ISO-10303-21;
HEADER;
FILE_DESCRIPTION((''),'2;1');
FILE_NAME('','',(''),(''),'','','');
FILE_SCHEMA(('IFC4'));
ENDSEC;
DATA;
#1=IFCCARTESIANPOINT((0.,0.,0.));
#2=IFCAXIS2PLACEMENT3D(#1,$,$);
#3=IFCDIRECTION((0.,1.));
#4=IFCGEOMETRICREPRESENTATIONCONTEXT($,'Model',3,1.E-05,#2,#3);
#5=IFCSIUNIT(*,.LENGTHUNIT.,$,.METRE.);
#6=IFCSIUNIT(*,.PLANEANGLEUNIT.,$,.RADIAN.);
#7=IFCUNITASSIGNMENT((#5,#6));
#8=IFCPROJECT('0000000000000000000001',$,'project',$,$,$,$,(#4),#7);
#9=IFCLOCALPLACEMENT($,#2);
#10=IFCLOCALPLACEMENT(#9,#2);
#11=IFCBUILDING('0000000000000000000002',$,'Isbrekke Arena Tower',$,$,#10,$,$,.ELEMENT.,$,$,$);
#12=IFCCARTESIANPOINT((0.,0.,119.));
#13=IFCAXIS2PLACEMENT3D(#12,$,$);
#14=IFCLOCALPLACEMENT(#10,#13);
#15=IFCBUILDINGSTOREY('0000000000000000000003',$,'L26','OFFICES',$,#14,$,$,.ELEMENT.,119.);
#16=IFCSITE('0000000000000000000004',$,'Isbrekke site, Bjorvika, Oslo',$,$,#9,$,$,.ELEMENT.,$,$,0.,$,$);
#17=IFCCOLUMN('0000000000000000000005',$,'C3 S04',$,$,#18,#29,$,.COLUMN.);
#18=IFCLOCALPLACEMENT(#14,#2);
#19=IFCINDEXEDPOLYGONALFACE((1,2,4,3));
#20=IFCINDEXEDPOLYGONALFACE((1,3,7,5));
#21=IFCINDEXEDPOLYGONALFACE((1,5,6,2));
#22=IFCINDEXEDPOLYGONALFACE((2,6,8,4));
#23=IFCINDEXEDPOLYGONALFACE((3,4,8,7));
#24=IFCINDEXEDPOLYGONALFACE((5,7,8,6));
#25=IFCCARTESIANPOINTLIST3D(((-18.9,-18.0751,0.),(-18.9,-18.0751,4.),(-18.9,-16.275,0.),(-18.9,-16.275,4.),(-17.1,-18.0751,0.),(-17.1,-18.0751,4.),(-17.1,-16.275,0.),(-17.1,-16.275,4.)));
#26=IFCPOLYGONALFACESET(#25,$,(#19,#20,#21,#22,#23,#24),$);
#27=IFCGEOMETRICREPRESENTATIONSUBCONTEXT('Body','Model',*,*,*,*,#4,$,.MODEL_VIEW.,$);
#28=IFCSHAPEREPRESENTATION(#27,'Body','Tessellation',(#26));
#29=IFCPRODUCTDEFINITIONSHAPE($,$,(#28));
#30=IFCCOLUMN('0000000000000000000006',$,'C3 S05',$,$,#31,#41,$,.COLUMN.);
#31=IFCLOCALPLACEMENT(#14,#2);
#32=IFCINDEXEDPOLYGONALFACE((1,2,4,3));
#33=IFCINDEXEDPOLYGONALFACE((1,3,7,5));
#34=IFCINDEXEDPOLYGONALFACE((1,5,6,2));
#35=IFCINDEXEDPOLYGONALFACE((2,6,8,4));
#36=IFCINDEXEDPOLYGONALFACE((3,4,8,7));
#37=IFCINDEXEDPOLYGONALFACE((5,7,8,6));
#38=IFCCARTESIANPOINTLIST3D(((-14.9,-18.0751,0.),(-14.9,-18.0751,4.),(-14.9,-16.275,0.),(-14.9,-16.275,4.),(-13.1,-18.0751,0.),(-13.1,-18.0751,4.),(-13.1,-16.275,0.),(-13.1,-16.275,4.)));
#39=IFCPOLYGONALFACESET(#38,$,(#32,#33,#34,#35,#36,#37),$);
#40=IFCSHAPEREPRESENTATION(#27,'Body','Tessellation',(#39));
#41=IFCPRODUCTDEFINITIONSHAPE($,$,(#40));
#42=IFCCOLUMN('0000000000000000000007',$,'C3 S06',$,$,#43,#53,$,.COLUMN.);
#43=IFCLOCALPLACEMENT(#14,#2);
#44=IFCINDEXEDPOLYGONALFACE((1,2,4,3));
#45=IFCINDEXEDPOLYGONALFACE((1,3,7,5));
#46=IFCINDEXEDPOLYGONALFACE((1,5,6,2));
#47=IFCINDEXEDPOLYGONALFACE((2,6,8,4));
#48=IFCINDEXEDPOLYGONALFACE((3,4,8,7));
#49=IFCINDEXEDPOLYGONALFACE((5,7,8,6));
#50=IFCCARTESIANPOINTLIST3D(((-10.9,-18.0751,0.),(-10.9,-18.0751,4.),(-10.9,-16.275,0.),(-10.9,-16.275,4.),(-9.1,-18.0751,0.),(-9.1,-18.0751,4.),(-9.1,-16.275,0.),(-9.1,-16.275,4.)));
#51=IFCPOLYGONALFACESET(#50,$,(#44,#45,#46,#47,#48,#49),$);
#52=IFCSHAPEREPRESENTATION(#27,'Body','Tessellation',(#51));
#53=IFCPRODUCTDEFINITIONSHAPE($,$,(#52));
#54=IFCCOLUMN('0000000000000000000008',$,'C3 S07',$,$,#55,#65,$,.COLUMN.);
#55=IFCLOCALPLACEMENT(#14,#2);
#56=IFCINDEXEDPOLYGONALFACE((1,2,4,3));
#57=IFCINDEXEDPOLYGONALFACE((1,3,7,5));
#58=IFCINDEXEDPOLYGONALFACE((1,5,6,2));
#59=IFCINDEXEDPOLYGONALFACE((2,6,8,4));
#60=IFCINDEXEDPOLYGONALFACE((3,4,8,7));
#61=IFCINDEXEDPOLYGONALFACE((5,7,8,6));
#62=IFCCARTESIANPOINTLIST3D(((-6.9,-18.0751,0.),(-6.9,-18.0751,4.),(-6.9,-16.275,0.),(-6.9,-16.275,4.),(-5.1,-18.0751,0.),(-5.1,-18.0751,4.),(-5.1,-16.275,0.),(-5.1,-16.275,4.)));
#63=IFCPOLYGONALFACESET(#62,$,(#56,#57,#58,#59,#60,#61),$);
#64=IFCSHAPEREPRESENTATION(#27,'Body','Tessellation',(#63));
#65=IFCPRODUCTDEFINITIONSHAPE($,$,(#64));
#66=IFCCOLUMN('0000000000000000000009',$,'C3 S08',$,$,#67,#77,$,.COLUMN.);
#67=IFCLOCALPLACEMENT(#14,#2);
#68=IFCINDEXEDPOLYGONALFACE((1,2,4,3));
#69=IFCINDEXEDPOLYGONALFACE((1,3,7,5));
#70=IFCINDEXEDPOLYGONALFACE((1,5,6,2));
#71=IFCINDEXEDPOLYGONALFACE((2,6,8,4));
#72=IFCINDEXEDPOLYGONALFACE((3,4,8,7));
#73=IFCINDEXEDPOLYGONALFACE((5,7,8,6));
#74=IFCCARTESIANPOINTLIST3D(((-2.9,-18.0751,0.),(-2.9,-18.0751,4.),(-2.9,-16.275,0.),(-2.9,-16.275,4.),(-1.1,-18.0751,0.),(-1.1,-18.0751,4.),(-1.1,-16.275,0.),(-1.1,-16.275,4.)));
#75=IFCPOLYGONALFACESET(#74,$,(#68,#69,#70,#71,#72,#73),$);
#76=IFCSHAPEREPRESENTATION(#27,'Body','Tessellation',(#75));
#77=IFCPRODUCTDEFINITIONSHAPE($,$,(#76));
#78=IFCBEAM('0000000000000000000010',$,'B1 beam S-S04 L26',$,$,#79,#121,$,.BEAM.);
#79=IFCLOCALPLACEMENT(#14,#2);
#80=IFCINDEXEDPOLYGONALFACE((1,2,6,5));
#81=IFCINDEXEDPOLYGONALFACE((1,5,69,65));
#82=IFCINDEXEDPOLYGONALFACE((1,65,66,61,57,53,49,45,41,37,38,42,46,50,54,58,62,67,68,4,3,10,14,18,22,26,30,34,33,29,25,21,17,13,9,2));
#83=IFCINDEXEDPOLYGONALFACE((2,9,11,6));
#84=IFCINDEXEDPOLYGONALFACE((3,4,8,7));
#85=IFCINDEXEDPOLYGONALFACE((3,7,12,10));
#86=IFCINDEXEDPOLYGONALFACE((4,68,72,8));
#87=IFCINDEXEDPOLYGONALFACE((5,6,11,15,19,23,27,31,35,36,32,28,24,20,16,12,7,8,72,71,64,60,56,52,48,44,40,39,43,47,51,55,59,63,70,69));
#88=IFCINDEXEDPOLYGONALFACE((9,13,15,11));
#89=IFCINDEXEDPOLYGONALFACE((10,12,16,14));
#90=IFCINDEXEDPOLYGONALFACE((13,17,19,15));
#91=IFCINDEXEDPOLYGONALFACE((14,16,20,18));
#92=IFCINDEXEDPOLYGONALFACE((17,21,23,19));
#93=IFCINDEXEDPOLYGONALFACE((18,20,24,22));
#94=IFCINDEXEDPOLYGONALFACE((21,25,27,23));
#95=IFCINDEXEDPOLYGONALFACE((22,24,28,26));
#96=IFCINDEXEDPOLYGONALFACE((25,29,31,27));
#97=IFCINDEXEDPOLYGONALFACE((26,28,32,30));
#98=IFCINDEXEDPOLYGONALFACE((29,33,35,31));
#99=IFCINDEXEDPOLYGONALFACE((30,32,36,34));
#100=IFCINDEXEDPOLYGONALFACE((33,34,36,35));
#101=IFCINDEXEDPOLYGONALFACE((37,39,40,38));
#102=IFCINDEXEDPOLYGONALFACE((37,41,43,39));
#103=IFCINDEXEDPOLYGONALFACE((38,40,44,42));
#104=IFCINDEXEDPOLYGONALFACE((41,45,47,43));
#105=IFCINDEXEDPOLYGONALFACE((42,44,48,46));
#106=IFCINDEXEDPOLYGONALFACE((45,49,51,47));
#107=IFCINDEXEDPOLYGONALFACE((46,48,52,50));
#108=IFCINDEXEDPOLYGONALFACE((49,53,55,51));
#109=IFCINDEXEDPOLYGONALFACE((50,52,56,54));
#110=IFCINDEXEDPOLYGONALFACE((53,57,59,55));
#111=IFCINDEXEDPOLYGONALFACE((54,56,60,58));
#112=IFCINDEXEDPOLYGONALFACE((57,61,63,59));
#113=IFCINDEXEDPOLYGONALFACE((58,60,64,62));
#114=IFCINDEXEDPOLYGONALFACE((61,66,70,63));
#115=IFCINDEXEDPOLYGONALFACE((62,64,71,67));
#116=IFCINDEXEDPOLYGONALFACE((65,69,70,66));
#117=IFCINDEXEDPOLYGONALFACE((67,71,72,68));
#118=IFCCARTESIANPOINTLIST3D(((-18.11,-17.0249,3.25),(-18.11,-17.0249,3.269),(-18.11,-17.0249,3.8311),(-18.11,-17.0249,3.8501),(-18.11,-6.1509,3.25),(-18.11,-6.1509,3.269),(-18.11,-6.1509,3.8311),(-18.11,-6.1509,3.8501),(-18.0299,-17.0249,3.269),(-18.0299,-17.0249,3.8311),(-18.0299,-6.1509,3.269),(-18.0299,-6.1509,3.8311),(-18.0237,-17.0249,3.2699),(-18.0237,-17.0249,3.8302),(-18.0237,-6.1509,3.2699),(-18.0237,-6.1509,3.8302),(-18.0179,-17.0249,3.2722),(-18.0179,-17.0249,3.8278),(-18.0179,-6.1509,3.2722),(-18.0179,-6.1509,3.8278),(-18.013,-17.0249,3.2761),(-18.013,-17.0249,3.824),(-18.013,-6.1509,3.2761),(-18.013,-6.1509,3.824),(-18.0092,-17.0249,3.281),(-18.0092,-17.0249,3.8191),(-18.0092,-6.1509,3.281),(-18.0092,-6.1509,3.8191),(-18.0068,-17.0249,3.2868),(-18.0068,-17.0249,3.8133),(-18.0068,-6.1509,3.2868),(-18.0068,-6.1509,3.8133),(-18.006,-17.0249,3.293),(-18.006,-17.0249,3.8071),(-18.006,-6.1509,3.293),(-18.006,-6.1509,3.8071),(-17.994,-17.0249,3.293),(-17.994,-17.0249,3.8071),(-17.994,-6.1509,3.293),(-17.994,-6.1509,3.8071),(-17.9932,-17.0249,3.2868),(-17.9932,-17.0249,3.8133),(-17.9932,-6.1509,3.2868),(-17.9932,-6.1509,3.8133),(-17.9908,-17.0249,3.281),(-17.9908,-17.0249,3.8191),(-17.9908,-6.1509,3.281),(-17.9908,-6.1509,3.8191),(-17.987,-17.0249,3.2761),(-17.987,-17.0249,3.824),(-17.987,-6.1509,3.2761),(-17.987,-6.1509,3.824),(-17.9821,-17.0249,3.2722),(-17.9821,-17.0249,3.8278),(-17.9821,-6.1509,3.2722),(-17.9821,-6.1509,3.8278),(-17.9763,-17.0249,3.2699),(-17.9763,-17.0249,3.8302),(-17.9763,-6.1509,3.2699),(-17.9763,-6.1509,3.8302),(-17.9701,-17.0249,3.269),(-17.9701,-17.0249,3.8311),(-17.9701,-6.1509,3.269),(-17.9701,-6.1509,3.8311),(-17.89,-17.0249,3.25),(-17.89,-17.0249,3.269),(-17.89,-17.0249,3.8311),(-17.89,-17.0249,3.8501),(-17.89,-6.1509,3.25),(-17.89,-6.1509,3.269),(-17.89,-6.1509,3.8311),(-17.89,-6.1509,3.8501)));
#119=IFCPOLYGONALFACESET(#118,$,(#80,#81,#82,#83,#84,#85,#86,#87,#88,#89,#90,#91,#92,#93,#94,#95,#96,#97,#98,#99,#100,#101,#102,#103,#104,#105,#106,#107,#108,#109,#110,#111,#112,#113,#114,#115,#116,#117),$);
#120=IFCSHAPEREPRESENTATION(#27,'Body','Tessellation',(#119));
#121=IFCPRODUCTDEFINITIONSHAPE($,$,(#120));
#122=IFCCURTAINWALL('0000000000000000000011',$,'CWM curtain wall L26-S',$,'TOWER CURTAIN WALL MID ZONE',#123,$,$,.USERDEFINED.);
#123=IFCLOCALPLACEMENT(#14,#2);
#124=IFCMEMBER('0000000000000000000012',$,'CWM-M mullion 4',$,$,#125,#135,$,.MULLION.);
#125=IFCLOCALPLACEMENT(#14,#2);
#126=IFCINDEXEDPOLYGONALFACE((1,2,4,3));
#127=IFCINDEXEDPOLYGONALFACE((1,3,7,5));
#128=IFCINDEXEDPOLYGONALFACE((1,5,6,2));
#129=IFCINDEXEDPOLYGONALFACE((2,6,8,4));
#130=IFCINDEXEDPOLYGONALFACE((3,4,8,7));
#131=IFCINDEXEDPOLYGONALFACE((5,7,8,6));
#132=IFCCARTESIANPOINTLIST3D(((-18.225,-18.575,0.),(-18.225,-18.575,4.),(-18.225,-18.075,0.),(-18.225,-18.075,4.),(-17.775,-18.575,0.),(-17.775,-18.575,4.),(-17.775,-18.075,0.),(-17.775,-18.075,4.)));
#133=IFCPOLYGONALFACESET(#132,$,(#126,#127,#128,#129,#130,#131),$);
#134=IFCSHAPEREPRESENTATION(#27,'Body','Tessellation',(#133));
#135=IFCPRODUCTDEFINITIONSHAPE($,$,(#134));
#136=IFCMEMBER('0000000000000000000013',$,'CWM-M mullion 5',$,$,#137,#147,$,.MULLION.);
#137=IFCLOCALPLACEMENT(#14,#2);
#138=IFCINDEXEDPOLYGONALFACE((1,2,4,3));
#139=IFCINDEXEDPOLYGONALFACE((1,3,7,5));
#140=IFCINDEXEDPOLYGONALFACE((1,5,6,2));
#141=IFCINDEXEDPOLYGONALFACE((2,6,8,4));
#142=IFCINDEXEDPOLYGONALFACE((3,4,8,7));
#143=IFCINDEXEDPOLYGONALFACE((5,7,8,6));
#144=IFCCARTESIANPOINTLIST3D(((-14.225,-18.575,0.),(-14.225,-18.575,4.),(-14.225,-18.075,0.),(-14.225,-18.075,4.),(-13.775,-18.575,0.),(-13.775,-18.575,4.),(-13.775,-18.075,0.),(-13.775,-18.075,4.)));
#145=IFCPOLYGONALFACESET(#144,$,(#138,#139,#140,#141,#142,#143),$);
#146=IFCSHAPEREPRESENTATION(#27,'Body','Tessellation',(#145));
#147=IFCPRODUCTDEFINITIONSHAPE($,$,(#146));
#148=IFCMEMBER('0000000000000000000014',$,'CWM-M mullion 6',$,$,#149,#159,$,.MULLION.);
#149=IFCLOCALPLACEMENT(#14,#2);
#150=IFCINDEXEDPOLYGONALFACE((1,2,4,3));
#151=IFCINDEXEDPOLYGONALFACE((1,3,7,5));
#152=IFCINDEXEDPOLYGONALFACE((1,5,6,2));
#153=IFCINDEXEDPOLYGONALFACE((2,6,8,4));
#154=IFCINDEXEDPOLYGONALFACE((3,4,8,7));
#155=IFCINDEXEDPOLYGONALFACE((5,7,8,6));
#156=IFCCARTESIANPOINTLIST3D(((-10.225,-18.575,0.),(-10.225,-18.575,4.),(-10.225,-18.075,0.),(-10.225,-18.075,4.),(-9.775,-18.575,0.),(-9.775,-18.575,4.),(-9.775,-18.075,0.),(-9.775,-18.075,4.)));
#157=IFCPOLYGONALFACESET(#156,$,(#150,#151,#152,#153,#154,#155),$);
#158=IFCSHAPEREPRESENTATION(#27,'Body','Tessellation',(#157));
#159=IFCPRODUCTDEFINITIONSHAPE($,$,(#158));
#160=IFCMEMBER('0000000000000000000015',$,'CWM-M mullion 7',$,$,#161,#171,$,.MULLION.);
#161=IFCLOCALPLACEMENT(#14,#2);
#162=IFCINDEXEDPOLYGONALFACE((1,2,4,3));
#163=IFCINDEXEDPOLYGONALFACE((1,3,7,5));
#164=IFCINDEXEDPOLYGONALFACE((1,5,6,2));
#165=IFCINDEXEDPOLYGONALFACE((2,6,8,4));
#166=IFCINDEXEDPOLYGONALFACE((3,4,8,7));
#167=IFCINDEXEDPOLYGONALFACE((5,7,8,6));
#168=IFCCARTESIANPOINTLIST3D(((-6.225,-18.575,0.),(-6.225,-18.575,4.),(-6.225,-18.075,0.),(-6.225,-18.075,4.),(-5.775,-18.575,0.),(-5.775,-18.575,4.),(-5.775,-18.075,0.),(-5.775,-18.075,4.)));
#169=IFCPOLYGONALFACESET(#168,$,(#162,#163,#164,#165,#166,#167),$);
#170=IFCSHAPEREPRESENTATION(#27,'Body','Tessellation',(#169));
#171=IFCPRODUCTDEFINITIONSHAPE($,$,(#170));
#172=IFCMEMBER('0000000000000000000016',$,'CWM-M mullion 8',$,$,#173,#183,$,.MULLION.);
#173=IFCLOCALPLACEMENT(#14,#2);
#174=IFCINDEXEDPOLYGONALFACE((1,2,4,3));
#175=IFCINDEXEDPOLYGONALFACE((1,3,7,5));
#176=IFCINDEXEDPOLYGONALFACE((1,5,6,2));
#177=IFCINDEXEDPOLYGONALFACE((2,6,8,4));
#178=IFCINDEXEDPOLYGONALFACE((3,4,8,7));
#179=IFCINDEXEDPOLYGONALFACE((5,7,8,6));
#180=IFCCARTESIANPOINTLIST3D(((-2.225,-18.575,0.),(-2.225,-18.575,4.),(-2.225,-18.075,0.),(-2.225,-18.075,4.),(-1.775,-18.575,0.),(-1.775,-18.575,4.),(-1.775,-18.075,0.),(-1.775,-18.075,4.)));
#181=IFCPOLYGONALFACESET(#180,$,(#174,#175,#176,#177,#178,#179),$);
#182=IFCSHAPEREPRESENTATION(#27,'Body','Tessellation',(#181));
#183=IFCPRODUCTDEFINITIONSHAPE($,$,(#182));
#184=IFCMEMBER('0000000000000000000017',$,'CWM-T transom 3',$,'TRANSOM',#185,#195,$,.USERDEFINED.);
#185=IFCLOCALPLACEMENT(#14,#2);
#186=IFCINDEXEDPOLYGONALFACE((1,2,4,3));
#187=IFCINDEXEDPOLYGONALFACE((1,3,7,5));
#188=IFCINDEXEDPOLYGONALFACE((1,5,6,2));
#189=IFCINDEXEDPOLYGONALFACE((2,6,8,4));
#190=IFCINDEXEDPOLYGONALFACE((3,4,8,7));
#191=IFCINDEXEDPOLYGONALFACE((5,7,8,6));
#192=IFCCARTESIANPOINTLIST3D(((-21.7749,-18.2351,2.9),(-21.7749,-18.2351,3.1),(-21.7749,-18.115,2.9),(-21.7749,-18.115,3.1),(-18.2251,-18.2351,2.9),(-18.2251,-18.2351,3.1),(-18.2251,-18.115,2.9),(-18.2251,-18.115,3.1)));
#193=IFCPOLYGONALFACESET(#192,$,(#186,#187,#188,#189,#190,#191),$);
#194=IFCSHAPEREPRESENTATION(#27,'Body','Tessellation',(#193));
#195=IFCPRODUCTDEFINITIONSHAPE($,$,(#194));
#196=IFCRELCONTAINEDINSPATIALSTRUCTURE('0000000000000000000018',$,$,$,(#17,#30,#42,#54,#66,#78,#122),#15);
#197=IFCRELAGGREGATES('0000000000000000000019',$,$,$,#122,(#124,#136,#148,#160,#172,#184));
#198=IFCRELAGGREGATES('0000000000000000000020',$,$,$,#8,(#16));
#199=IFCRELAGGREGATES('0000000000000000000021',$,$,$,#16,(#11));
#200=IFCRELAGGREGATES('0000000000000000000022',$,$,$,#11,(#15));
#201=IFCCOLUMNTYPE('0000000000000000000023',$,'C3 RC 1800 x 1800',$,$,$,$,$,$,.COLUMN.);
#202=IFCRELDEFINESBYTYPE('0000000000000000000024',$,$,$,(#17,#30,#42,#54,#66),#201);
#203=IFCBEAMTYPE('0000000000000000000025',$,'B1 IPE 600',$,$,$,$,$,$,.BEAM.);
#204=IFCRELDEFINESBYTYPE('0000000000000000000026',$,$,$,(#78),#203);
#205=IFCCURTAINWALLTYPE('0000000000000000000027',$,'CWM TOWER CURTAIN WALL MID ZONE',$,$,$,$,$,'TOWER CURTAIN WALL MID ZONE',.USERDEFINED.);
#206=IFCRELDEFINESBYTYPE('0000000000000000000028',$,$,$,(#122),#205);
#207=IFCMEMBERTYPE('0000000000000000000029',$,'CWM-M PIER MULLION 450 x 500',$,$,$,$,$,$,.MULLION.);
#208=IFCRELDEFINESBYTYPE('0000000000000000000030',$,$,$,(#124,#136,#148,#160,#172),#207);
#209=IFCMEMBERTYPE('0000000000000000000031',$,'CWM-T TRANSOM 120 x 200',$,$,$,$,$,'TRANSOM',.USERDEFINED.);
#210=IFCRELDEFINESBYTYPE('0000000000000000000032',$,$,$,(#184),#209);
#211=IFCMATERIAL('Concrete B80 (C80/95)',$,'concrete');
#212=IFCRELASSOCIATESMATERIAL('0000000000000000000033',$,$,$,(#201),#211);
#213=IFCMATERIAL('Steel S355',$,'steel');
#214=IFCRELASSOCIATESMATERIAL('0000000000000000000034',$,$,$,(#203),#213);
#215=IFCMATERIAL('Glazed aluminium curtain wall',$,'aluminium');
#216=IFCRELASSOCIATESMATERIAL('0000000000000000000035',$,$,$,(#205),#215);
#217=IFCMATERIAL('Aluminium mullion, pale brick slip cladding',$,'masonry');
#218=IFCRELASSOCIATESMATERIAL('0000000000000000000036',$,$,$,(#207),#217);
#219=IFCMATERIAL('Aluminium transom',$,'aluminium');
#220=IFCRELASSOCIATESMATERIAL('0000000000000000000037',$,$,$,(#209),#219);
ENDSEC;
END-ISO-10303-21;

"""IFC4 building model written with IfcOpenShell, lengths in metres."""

from ifc_helpers import new_model, si_unit, direction, frame, origin, origin_2d, place, context, subcontext, project, spatial, rectangle, i_section, extrude, material, material_profile, profile_set, type_object, element, aggregate, save


model = new_model("IFC4")

# Units and contexts
model_context = context("Model", 3, precision=1e-05, world=origin(), true_north=direction((0.0, 1.0)))
body_context = subcontext(model_context, "Body", "Model", "MODEL_VIEW")
ifc_project = project(units=[si_unit("LENGTHUNIT", "METRE"), si_unit("PLANEANGLEUNIT", "RADIAN")], contexts=[model_context])

# Site, building, storey
site_placement = place(None, origin())
site = spatial("IfcSite", under=ifc_project, at=site_placement, Name="Isbrekke site, Bjorvika, Oslo", CompositionType="ELEMENT", RefElevation=0.0)
building_placement = place(site_placement, origin())
building = spatial("IfcBuilding", under=site, at=building_placement, Name="Isbrekke Arena Tower", CompositionType="ELEMENT")
storey_placement = place(building_placement, frame((0.0, 0.0, 119.0)))
storey = spatial("IfcBuildingStorey", under=building, at=storey_placement, Name="L26", Description="OFFICES", CompositionType="ELEMENT", Elevation=119.0)

# Columns
ifc_material_1 = material(Name="Concrete B80 (C80/95)", Category="concrete")
ifc_material_profile_1 = material_profile(ifc_material_1, rectangle(XDim=1.8, YDim=1.8, at=origin_2d()), Name="RC 1800x1800")
ifc_profile_set_1 = profile_set([ifc_material_profile_1], Name="Concrete B80 (C80/95)")
column_type = type_object("IfcColumnType", Name="C3 RC 1800 x 1800", PredefinedType="COLUMN", material=ifc_profile_set_1)
for number, where, z_axis, x_axis, name in (
    (1, (-18.0, -17.175, 0.0), (0.0, 0.0, 1.0), (1.0, 0.0, 0.0), "C3 S04"),
    (2, (-14.0, -17.175, 0.0), (0.0, 0.0, 1.0), (1.0, 0.0, 0.0), "C3 S05"),
    (3, (-10.0, -17.175, 0.0), (0.0, 0.0, 1.0), (1.0, 0.0, 0.0), "C3 S06"),
    (4, (-6.0, -17.175, 0.0), (0.0, 0.0, 1.0), (1.0, 0.0, 0.0), "C3 S07"),
    (5, (-2.0, -17.175, 0.0), (0.0, 0.0, 1.0), (1.0, 0.0, 0.0), "C3 S08"),
):
    element("IfcColumn", number, at=place(storey_placement, frame(where, z_axis=z_axis, x_axis=x_axis)), inside=storey, type_object=column_type, Name=name, PredefinedType="COLUMN", context=body_context, shape_type="SweptSolid", body=[
        extrude(rectangle(XDim=1.8, YDim=1.8, at=origin_2d()), origin(), (0.0, 0.0, 1.0), 4.0),
    ])

# Beam
ifc_material_2 = material(Name="Steel S355", Category="steel")
ifc_material_profile_2 = material_profile(ifc_material_2, i_section(OverallWidth=0.22, OverallDepth=0.6001, WebThickness=0.012, FlangeThickness=0.019, FilletRadius=0.0239, at=origin_2d()), Name="IPE 600")
ifc_profile_set_2 = profile_set([ifc_material_profile_2], Name="Steel S355")
beam_type_1 = type_object("IfcBeamType", Name="B1 IPE 600", PredefinedType="BEAM", material=ifc_profile_set_2)
beam_placement = place(storey_placement, frame((-18.0, -17.0249, 3.55), z_axis=(0.0, 1.0, 0.0), x_axis=(-1.0, 0.0, 0.0)))
element("IfcBeam", 6, at=beam_placement, inside=storey, type_object=beam_type_1, Name="B1 beam S-S04 L26", PredefinedType="BEAM", context=body_context, shape_type="SweptSolid", body=[
    extrude(i_section(OverallWidth=0.22, OverallDepth=0.6001, WebThickness=0.012, FlangeThickness=0.019, FilletRadius=0.0239, at=origin_2d()), origin(), (0.0, 0.0, 1.0), 10.874),
])

# Curtain wall, members
ifc_material_3 = material(Name="Glazed aluminium curtain wall", Category="aluminium")
curtain_wall_type = type_object("IfcCurtainWallType", Name="CWM TOWER CURTAIN WALL MID ZONE", ElementType="TOWER CURTAIN WALL MID ZONE", PredefinedType="USERDEFINED", material=ifc_material_3)
curtain_wall_placement = place(storey_placement, origin())
curtain_wall = element("IfcCurtainWall", 7, at=curtain_wall_placement, inside=storey, type_object=curtain_wall_type, Name="CWM curtain wall L26-S", ObjectType="TOWER CURTAIN WALL MID ZONE", PredefinedType="USERDEFINED")
ifc_material_4 = material(Name="Aluminium mullion, pale brick slip cladding", Category="masonry")
ifc_material_profile_3 = material_profile(ifc_material_4, rectangle(XDim=0.45, YDim=0.5, at=origin_2d()), Name="PIER 450X500")
ifc_profile_set_3 = profile_set([ifc_material_profile_3], Name="Aluminium mullion, pale brick slip cladding")
member_type_1 = type_object("IfcMemberType", Name="CWM-M PIER MULLION 450 x 500", PredefinedType="MULLION", material=ifc_profile_set_3)
member_1_placement = place(storey_placement, frame((-18.0, -18.325, 0.0), z_axis=(0.0, 0.0, 1.0), x_axis=(1.0, 0.0, 0.0)))
member_1 = element("IfcMember", 8, at=member_1_placement, type_object=member_type_1, Name="CWM-M mullion 4", PredefinedType="MULLION", context=body_context, shape_type="SweptSolid", body=[
    extrude(rectangle(XDim=0.45, YDim=0.5, at=origin_2d()), origin(), (0.0, 0.0, 1.0), 4.0),
])
member_2_placement = place(storey_placement, frame((-14.0, -18.325, 0.0), z_axis=(0.0, 0.0, 1.0), x_axis=(1.0, 0.0, 0.0)))
member_2 = element("IfcMember", 9, at=member_2_placement, type_object=member_type_1, Name="CWM-M mullion 5", PredefinedType="MULLION", context=body_context, shape_type="SweptSolid", body=[
    extrude(rectangle(XDim=0.45, YDim=0.5, at=origin_2d()), origin(), (0.0, 0.0, 1.0), 4.0),
])
member_3_placement = place(storey_placement, frame((-10.0, -18.325, 0.0), z_axis=(0.0, 0.0, 1.0), x_axis=(1.0, 0.0, 0.0)))
member_3 = element("IfcMember", 10, at=member_3_placement, type_object=member_type_1, Name="CWM-M mullion 6", PredefinedType="MULLION", context=body_context, shape_type="SweptSolid", body=[
    extrude(rectangle(XDim=0.45, YDim=0.5, at=origin_2d()), origin(), (0.0, 0.0, 1.0), 4.0),
])
member_4_placement = place(storey_placement, frame((-6.0, -18.325, 0.0), z_axis=(0.0, 0.0, 1.0), x_axis=(1.0, 0.0, 0.0)))
member_4 = element("IfcMember", 11, at=member_4_placement, type_object=member_type_1, Name="CWM-M mullion 7", PredefinedType="MULLION", context=body_context, shape_type="SweptSolid", body=[
    extrude(rectangle(XDim=0.45, YDim=0.5, at=origin_2d()), origin(), (0.0, 0.0, 1.0), 4.0),
])
member_5_placement = place(storey_placement, frame((-2.0, -18.325, 0.0), z_axis=(0.0, 0.0, 1.0), x_axis=(1.0, 0.0, 0.0)))
member_5 = element("IfcMember", 12, at=member_5_placement, type_object=member_type_1, Name="CWM-M mullion 8", PredefinedType="MULLION", context=body_context, shape_type="SweptSolid", body=[
    extrude(rectangle(XDim=0.45, YDim=0.5, at=origin_2d()), origin(), (0.0, 0.0, 1.0), 4.0),
])
ifc_material_5 = material(Name="Aluminium transom", Category="aluminium")
ifc_material_profile_4 = material_profile(ifc_material_5, rectangle(XDim=0.1201, YDim=0.2, at=origin_2d()), Name="TRANSOM 120X200")
ifc_profile_set_4 = profile_set([ifc_material_profile_4], Name="Aluminium transom")
member_type_2 = type_object("IfcMemberType", Name="CWM-T TRANSOM 120 x 200", ElementType="TRANSOM", PredefinedType="USERDEFINED", material=ifc_profile_set_4)
member_6_placement = place(storey_placement, frame((-21.7749, -18.175, 3.0), z_axis=(1.0, 0.0, 0.0), x_axis=(0.0, 1.0, 0.0)))
member_6 = element("IfcMember", 13, at=member_6_placement, type_object=member_type_2, Name="CWM-T transom 3", ObjectType="TRANSOM", PredefinedType="USERDEFINED", context=body_context, shape_type="SweptSolid", body=[
    extrude(rectangle(XDim=0.1201, YDim=0.2, at=origin_2d()), origin(), (0.0, 0.0, 1.0), 3.5498),
])

aggregate(curtain_wall, [member_1, member_2, member_3, member_4, member_5, member_6])

save(model, "model.ifc")
